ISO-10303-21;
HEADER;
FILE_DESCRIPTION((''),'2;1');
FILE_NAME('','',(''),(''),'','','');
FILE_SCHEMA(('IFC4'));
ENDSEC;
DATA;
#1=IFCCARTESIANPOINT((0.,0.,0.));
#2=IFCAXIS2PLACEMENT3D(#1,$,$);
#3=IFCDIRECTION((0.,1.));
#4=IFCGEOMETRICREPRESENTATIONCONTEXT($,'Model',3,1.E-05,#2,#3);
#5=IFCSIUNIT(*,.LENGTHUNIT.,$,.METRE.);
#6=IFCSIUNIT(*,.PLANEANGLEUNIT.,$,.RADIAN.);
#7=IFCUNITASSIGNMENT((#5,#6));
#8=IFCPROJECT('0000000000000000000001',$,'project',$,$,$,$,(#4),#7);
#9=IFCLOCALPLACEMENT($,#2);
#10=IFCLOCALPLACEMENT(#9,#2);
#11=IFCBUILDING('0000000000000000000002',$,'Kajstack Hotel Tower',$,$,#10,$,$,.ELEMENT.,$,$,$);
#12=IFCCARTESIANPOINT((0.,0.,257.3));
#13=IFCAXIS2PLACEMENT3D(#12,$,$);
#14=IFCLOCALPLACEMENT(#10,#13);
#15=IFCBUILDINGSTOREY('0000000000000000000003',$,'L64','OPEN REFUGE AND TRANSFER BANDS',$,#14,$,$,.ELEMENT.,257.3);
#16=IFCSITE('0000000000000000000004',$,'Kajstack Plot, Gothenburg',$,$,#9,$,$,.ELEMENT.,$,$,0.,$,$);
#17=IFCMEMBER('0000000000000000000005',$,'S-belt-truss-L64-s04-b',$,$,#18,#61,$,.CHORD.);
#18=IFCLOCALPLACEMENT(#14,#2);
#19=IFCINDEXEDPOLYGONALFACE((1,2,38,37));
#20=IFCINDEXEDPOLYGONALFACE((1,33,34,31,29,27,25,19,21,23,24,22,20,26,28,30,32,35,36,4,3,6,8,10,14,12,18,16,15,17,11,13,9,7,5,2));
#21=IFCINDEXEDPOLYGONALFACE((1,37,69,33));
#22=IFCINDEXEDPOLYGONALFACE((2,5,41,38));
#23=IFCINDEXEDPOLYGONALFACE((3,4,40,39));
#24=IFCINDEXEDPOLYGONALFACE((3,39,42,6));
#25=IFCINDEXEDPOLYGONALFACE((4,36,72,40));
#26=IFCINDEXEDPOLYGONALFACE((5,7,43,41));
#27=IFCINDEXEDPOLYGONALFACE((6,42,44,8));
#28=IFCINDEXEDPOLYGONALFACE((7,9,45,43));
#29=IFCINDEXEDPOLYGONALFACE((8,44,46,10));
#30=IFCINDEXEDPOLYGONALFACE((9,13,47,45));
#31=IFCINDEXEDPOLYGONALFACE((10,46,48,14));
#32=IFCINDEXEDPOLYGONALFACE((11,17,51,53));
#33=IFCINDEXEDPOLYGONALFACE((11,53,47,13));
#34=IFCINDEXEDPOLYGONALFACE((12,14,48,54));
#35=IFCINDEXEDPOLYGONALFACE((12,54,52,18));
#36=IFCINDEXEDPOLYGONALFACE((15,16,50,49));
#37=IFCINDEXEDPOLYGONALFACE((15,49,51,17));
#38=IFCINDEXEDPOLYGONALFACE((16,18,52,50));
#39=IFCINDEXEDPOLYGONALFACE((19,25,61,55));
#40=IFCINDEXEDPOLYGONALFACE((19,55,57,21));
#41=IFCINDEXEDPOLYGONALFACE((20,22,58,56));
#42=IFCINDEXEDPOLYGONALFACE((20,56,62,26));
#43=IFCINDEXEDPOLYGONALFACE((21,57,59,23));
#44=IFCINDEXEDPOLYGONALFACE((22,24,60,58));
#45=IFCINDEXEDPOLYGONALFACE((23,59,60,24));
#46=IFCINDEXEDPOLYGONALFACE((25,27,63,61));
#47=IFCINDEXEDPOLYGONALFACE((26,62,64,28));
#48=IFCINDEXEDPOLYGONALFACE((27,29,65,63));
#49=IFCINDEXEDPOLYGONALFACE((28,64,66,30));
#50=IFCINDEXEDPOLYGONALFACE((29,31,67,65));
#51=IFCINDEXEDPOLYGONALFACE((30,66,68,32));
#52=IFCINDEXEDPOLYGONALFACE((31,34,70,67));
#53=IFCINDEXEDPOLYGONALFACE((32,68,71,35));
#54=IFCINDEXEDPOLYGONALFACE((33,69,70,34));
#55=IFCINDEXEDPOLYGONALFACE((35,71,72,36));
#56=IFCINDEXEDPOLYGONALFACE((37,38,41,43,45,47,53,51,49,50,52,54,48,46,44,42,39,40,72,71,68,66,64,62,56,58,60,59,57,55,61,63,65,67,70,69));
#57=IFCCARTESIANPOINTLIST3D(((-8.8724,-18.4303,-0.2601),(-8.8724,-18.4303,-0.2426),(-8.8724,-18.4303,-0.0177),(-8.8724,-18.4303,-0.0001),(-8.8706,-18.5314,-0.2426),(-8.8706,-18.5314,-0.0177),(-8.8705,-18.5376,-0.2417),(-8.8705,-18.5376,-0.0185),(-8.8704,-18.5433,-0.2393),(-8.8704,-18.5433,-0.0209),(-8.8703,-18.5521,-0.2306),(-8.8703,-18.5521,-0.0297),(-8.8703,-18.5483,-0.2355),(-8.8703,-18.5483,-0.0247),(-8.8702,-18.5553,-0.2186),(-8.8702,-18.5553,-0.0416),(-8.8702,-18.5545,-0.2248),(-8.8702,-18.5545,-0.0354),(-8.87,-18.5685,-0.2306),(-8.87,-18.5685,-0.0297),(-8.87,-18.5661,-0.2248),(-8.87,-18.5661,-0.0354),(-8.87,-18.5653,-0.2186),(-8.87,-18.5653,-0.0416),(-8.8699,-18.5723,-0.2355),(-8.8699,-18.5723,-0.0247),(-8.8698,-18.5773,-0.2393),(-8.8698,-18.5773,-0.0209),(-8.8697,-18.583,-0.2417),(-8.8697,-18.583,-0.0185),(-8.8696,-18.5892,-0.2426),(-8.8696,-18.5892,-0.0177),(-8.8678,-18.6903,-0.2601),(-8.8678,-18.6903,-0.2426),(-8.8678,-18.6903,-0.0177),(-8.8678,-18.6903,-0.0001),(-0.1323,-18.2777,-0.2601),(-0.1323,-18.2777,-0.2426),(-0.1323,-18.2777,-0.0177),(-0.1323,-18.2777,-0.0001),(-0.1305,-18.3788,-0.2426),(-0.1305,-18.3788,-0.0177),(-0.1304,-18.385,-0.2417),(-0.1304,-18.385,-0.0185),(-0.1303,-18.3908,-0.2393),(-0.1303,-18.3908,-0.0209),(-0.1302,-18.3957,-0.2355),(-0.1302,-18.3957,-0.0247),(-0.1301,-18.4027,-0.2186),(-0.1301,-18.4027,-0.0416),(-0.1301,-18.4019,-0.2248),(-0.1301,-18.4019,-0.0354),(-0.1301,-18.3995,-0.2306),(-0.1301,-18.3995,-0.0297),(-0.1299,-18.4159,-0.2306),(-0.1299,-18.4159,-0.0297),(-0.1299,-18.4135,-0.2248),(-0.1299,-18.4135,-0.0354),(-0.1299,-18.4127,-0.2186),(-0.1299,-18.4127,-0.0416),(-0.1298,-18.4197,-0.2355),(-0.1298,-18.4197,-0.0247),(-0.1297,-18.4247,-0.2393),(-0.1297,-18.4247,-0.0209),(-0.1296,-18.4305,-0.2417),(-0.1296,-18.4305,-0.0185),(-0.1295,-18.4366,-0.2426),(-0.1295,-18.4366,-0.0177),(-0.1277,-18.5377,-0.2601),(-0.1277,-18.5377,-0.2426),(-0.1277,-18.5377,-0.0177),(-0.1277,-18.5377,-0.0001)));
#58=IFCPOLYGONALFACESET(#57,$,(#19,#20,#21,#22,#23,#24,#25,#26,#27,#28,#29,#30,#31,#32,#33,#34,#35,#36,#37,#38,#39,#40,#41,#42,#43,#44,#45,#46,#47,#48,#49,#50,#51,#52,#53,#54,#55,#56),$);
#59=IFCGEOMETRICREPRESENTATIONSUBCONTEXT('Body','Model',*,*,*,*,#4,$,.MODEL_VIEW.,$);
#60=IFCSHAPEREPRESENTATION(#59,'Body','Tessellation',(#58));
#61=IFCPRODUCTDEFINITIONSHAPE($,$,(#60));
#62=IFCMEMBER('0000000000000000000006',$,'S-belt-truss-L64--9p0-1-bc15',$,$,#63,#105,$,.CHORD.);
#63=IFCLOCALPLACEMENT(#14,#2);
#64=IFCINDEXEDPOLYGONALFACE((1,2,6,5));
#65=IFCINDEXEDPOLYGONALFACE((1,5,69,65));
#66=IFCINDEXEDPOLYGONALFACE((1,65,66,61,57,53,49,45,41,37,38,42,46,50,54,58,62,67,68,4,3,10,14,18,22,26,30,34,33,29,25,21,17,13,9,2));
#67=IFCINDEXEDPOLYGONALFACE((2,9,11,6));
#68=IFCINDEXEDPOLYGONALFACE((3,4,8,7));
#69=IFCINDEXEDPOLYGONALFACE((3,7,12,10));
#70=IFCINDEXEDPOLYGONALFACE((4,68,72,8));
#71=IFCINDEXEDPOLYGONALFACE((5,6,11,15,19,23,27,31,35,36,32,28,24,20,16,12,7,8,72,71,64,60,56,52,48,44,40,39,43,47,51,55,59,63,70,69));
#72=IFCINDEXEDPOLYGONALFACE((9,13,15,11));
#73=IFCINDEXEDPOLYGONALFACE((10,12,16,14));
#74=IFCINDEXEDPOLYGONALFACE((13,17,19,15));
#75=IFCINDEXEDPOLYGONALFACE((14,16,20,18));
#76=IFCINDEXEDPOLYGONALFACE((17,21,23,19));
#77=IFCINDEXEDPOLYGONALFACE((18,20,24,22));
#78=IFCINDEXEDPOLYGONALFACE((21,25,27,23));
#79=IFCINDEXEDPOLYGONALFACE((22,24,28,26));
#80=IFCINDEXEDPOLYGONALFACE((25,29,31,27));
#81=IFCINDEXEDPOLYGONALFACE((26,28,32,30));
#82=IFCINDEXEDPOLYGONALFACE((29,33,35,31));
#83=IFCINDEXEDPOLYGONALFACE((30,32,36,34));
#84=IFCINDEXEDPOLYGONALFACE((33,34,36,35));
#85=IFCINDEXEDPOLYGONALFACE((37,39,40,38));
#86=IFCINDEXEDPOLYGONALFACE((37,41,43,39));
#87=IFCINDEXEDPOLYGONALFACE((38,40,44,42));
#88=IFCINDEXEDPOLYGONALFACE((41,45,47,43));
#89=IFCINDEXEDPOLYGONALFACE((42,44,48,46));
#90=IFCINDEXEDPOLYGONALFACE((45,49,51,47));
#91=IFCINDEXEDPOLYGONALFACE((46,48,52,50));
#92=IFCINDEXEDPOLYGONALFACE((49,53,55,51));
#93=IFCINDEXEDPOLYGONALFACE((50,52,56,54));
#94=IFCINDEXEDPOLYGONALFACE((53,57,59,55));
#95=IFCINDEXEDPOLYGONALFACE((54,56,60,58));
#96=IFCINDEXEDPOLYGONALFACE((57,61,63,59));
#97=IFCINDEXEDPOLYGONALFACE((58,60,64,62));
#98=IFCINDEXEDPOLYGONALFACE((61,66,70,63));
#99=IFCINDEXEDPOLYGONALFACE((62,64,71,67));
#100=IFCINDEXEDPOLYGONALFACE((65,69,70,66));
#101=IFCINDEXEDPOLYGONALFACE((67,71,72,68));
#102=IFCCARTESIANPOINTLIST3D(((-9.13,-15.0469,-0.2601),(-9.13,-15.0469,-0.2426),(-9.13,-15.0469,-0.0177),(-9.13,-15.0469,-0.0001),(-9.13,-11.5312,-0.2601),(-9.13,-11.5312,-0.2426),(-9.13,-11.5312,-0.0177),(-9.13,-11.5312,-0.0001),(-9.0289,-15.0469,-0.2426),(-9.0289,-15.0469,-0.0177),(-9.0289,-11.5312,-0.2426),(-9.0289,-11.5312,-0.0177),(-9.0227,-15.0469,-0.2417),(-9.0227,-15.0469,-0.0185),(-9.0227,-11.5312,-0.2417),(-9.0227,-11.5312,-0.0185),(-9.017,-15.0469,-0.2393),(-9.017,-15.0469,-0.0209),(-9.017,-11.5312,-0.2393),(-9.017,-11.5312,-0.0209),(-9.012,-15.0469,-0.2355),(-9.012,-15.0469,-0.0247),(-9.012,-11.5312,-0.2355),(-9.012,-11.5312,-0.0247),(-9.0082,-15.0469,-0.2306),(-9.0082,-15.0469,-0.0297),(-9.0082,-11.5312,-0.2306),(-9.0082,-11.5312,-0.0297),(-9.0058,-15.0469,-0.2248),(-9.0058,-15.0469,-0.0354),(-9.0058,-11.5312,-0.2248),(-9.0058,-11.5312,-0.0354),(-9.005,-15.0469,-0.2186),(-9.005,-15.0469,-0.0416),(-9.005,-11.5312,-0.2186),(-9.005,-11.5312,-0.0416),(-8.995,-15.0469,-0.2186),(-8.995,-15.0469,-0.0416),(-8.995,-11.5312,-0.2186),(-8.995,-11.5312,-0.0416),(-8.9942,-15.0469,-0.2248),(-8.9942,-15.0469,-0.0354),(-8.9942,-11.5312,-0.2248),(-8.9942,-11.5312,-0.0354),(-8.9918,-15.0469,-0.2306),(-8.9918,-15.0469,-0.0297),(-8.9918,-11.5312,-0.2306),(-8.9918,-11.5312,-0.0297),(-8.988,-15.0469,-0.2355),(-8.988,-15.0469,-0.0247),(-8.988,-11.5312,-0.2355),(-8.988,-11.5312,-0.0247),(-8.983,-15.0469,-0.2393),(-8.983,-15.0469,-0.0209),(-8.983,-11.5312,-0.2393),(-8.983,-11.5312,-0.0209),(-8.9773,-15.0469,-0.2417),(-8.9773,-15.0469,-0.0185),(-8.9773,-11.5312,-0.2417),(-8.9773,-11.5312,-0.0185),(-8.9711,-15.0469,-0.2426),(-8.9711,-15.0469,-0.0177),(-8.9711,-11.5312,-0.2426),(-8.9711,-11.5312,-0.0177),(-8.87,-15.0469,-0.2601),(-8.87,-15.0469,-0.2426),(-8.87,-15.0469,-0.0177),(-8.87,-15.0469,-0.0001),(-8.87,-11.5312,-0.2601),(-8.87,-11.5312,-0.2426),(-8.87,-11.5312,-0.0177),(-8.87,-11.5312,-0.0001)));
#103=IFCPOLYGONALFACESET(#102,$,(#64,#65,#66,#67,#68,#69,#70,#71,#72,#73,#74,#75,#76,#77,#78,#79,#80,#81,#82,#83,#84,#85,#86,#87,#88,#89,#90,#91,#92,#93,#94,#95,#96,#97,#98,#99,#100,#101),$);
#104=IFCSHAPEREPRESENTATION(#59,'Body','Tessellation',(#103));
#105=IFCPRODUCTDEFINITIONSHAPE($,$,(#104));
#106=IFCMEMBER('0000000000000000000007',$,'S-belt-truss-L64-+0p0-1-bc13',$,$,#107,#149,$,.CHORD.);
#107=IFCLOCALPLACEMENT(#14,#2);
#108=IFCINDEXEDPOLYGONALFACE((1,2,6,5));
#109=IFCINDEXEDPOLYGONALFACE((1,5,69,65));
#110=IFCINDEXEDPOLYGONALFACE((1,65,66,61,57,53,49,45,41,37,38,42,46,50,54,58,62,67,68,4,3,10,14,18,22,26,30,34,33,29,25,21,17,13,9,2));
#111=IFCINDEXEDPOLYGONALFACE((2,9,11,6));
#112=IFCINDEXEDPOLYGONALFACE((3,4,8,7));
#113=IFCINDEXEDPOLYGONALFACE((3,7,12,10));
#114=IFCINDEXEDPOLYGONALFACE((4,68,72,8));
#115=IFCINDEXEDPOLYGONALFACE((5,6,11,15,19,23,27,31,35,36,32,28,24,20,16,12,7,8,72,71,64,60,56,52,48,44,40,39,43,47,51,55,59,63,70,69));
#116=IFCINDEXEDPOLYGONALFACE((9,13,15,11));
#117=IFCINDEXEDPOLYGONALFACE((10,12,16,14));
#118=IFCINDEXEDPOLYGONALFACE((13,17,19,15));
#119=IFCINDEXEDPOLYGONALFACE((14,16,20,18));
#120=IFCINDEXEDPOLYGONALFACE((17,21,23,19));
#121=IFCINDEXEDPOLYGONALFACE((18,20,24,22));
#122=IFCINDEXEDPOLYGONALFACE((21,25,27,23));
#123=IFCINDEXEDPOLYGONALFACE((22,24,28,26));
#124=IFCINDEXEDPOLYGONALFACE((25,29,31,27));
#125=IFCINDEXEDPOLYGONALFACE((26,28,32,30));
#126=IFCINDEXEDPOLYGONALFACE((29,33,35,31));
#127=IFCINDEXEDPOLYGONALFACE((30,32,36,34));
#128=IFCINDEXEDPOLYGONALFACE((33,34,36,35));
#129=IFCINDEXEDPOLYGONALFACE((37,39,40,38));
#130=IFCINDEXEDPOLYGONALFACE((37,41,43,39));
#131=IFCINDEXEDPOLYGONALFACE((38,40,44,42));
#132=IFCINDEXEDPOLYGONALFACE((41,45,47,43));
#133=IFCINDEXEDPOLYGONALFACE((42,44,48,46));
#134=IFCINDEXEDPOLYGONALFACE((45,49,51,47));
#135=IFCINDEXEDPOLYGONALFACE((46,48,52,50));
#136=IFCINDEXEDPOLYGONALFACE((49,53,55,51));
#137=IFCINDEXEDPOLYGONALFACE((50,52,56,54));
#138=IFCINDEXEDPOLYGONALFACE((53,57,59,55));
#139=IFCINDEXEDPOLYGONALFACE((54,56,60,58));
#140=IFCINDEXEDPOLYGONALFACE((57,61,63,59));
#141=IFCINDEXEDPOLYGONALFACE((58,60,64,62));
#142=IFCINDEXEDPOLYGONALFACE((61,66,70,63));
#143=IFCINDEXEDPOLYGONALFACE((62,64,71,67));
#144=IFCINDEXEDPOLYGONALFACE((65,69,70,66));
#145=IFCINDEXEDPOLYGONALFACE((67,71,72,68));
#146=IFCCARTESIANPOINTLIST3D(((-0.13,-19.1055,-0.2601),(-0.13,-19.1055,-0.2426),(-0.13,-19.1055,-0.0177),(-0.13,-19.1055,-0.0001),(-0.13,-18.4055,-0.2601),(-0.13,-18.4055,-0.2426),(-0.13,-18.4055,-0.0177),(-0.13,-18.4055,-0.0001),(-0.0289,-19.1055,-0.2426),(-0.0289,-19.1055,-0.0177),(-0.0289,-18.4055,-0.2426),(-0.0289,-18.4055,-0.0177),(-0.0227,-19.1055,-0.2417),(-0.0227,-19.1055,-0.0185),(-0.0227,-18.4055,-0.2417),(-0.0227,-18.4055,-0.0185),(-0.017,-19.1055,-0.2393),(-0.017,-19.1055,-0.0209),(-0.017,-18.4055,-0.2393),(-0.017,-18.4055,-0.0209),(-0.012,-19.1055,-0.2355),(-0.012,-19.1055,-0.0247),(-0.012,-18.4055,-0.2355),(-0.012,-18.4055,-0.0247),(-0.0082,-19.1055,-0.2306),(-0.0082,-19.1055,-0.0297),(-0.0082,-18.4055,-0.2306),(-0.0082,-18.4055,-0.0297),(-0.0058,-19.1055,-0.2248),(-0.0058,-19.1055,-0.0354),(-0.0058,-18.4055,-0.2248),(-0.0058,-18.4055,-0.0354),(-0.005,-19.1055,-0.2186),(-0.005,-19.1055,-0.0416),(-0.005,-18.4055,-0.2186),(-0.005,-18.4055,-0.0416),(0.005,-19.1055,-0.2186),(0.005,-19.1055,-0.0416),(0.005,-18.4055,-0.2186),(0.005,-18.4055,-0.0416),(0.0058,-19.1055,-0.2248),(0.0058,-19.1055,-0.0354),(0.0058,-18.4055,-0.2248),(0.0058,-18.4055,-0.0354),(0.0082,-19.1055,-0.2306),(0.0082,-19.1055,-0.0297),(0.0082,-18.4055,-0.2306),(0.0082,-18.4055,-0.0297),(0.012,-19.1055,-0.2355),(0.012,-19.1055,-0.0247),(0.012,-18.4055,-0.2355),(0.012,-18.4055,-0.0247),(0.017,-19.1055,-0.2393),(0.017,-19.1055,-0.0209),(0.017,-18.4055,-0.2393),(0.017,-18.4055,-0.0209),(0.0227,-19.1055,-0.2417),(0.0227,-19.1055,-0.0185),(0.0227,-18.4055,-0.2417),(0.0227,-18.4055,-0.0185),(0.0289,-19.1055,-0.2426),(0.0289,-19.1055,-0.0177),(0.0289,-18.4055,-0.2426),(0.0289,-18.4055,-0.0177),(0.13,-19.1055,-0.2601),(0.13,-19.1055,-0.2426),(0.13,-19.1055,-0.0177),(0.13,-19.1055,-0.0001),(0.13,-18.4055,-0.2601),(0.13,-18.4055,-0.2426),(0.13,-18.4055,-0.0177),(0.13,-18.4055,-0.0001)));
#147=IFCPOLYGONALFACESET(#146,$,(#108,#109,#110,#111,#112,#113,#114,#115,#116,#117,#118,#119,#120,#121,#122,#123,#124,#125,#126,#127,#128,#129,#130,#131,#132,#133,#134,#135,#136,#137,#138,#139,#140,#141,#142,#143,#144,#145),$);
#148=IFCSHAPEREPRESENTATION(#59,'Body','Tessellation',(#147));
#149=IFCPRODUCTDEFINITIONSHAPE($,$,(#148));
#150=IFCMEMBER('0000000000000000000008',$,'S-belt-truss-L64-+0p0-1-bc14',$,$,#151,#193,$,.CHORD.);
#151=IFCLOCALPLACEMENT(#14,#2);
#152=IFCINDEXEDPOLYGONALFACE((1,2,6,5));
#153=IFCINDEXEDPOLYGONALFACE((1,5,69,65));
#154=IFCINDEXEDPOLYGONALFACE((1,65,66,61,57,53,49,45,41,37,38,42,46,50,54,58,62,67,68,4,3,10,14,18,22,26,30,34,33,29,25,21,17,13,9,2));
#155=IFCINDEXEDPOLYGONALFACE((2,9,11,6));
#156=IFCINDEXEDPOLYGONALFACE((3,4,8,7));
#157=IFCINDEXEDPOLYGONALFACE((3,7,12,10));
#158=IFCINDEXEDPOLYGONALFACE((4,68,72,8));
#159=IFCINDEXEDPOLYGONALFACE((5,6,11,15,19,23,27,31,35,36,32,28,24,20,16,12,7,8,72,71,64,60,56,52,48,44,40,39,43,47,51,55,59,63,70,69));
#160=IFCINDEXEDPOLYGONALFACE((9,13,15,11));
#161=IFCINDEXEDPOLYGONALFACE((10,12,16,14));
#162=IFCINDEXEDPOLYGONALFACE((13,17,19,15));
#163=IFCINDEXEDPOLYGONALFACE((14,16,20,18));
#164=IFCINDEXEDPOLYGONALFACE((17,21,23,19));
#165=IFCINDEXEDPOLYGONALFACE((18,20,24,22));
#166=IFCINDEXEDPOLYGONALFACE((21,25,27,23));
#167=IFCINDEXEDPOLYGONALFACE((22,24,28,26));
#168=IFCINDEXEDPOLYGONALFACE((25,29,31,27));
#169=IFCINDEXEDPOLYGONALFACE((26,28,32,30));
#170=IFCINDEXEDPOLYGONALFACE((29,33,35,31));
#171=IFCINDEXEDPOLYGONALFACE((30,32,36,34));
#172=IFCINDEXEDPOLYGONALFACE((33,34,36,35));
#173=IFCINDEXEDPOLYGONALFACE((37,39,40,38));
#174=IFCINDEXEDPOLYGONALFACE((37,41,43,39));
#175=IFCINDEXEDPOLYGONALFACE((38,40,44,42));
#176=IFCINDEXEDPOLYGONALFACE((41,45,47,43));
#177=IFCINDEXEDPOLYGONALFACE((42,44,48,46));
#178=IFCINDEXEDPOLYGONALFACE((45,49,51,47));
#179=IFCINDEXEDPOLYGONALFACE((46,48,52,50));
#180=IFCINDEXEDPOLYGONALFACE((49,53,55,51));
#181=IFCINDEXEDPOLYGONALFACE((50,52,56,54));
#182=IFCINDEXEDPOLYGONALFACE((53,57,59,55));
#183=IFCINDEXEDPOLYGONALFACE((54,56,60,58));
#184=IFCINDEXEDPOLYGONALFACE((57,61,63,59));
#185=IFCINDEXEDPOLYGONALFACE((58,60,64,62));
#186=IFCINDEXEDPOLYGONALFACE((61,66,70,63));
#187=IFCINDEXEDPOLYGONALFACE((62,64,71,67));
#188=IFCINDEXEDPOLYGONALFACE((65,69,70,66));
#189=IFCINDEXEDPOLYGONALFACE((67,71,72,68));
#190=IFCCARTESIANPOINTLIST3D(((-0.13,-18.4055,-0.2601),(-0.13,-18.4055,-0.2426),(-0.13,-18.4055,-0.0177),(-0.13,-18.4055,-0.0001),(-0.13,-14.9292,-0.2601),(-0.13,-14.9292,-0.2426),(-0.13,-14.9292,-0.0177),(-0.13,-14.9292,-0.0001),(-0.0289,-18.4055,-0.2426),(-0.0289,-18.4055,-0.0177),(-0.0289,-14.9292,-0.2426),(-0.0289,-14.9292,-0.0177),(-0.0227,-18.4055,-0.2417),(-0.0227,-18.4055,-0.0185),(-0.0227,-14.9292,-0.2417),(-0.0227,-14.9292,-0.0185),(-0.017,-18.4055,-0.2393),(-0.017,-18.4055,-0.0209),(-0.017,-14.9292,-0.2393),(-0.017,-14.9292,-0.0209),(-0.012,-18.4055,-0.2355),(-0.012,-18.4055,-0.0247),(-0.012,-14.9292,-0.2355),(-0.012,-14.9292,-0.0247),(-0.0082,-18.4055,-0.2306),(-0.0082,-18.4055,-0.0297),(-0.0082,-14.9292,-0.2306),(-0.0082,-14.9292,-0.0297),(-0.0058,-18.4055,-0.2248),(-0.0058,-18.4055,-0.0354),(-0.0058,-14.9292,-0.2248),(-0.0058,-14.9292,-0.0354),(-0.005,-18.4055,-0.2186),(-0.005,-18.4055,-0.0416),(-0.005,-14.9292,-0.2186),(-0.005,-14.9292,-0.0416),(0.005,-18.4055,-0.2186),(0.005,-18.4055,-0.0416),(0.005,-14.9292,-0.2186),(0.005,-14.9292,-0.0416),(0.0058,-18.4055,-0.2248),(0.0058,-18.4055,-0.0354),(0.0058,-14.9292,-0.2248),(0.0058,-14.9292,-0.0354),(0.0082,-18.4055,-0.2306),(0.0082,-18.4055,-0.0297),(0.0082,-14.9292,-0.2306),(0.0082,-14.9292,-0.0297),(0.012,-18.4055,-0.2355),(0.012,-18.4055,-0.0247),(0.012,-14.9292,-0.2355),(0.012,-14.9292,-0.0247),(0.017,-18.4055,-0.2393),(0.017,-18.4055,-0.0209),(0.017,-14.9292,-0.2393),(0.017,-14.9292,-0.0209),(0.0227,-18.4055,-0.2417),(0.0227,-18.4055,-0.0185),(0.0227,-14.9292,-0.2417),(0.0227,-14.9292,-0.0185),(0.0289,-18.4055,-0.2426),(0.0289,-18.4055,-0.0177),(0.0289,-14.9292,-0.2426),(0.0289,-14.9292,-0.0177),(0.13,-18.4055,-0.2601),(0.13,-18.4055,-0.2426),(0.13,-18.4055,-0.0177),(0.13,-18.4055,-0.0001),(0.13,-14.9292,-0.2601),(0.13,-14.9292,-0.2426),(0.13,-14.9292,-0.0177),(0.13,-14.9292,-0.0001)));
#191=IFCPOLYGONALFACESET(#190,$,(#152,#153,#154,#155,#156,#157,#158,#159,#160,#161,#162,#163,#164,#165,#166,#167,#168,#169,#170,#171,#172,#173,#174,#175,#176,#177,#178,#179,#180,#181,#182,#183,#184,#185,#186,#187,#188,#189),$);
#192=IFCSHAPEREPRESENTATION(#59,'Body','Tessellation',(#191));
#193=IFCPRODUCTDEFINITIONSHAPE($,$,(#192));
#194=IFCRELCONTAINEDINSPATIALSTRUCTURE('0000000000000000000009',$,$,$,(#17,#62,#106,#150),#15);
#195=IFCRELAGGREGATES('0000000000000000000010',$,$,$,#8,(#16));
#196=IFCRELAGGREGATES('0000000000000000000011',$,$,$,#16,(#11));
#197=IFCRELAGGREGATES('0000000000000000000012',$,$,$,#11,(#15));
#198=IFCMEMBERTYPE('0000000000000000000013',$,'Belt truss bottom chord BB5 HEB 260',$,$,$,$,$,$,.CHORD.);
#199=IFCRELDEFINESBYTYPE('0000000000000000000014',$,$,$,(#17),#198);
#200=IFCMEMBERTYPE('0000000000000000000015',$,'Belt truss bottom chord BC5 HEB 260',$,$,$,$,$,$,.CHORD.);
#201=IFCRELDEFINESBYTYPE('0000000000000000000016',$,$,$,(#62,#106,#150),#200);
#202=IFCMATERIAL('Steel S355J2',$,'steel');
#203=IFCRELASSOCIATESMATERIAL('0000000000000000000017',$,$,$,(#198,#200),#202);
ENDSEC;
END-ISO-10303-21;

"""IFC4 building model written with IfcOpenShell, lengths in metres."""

from ifc_helpers import new_model, si_unit, direction, frame, origin, origin_2d, place, context, subcontext, project, spatial, i_section, extrude, material, material_profile, profile_set, type_object, element, save


model = new_model("IFC4")

# Units and contexts
model_context = context("Model", 3, precision=1e-05, world=origin(), true_north=direction((0.0, 1.0)))
body_context = subcontext(model_context, "Body", "Model", "MODEL_VIEW")
ifc_project = project(units=[si_unit("LENGTHUNIT", "METRE"), si_unit("PLANEANGLEUNIT", "RADIAN")], contexts=[model_context])

# Site, building, storey
site_placement = place(None, origin())
site = spatial("IfcSite", under=ifc_project, at=site_placement, Name="Kajstack Plot, Gothenburg", CompositionType="ELEMENT", RefElevation=0.0)
building_placement = place(site_placement, origin())
building = spatial("IfcBuilding", under=site, at=building_placement, Name="Kajstack Hotel Tower", CompositionType="ELEMENT")
storey_placement = place(building_placement, frame((0.0, 0.0, 257.3)))
storey = spatial("IfcBuildingStorey", under=building, at=storey_placement, Name="L64", Description="OPEN REFUGE AND TRANSFER BANDS", CompositionType="ELEMENT", Elevation=257.3)

# Members
ifc_material = material(Name="Steel S355J2", Category="steel")
ifc_material_profile_1 = material_profile(ifc_material, i_section(OverallWidth=0.26, OverallDepth=0.26, WebThickness=0.01, FlangeThickness=0.0176, FilletRadius=0.0239, at=origin_2d()), Name="HEB 260")
ifc_profile_set_1 = profile_set([ifc_material_profile_1], Name="Steel S355J2")
member_type_1 = type_object("IfcMemberType", Name="Belt truss bottom chord BB5 HEB 260", PredefinedType="CHORD", material=ifc_profile_set_1)
member_1_placement = place(storey_placement, frame((-8.8701, -18.5603, -0.1301), z_axis=(0.999848, 0.017455, 0.0), x_axis=(-0.017455, 0.999848, 0.0)))
element("IfcMember", 1, at=member_1_placement, inside=storey, type_object=member_type_1, Name="S-belt-truss-L64-s04-b", PredefinedType="CHORD", context=body_context, shape_type="SweptSolid", body=[
    extrude(i_section(OverallWidth=0.26, OverallDepth=0.26, WebThickness=0.01, FlangeThickness=0.0176, FilletRadius=0.0239, at=origin_2d()), origin(), (0.0, 0.0, 1.0), 8.7415),
])
ifc_material_profile_2 = material_profile(ifc_material, i_section(OverallWidth=0.26, OverallDepth=0.26, WebThickness=0.01, FlangeThickness=0.0176, FilletRadius=0.0239, at=origin_2d()), Name="HEB 260")
ifc_profile_set_2 = profile_set([ifc_material_profile_2], Name="Steel S355J2")
member_type_2 = type_object("IfcMemberType", Name="Belt truss bottom chord BC5 HEB 260", PredefinedType="CHORD", material=ifc_profile_set_2)
member_2_placement = place(storey_placement, frame((-9.0, -15.0469, -0.1301), z_axis=(0.0, 1.0, 0.0), x_axis=(-1.0, 0.0, 0.0)))
element("IfcMember", 2, at=member_2_placement, inside=storey, type_object=member_type_2, Name="S-belt-truss-L64--9p0-1-bc15", PredefinedType="CHORD", context=body_context, shape_type="SweptSolid", body=[
    extrude(i_section(OverallWidth=0.26, OverallDepth=0.26, WebThickness=0.01, FlangeThickness=0.0176, FilletRadius=0.0239, at=origin_2d()), origin(), (0.0, 0.0, 1.0), 3.5156),
])
member_3_placement = place(storey_placement, frame((0.0, -19.1055, -0.1301), z_axis=(0.0, 1.0, 0.0), x_axis=(-1.0, 0.0, 0.0)))
element("IfcMember", 3, at=member_3_placement, inside=storey, type_object=member_type_2, Name="S-belt-truss-L64-+0p0-1-bc13", PredefinedType="CHORD", context=body_context, shape_type="SweptSolid", body=[
    extrude(i_section(OverallWidth=0.26, OverallDepth=0.26, WebThickness=0.01, FlangeThickness=0.0176, FilletRadius=0.0239, at=origin_2d()), origin(), (0.0, 0.0, 1.0), 0.7),
])
member_4_placement = place(storey_placement, frame((0.0, -18.4055, -0.1301), z_axis=(0.0, 1.0, 0.0), x_axis=(-1.0, 0.0, 0.0)))
element("IfcMember", 4, at=member_4_placement, inside=storey, type_object=member_type_2, Name="S-belt-truss-L64-+0p0-1-bc14", PredefinedType="CHORD", context=body_context, shape_type="SweptSolid", body=[
    extrude(i_section(OverallWidth=0.26, OverallDepth=0.26, WebThickness=0.01, FlangeThickness=0.0176, FilletRadius=0.0239, at=origin_2d()), origin(), (0.0, 0.0, 1.0), 3.4763),
])

save(model, "model.ifc")
